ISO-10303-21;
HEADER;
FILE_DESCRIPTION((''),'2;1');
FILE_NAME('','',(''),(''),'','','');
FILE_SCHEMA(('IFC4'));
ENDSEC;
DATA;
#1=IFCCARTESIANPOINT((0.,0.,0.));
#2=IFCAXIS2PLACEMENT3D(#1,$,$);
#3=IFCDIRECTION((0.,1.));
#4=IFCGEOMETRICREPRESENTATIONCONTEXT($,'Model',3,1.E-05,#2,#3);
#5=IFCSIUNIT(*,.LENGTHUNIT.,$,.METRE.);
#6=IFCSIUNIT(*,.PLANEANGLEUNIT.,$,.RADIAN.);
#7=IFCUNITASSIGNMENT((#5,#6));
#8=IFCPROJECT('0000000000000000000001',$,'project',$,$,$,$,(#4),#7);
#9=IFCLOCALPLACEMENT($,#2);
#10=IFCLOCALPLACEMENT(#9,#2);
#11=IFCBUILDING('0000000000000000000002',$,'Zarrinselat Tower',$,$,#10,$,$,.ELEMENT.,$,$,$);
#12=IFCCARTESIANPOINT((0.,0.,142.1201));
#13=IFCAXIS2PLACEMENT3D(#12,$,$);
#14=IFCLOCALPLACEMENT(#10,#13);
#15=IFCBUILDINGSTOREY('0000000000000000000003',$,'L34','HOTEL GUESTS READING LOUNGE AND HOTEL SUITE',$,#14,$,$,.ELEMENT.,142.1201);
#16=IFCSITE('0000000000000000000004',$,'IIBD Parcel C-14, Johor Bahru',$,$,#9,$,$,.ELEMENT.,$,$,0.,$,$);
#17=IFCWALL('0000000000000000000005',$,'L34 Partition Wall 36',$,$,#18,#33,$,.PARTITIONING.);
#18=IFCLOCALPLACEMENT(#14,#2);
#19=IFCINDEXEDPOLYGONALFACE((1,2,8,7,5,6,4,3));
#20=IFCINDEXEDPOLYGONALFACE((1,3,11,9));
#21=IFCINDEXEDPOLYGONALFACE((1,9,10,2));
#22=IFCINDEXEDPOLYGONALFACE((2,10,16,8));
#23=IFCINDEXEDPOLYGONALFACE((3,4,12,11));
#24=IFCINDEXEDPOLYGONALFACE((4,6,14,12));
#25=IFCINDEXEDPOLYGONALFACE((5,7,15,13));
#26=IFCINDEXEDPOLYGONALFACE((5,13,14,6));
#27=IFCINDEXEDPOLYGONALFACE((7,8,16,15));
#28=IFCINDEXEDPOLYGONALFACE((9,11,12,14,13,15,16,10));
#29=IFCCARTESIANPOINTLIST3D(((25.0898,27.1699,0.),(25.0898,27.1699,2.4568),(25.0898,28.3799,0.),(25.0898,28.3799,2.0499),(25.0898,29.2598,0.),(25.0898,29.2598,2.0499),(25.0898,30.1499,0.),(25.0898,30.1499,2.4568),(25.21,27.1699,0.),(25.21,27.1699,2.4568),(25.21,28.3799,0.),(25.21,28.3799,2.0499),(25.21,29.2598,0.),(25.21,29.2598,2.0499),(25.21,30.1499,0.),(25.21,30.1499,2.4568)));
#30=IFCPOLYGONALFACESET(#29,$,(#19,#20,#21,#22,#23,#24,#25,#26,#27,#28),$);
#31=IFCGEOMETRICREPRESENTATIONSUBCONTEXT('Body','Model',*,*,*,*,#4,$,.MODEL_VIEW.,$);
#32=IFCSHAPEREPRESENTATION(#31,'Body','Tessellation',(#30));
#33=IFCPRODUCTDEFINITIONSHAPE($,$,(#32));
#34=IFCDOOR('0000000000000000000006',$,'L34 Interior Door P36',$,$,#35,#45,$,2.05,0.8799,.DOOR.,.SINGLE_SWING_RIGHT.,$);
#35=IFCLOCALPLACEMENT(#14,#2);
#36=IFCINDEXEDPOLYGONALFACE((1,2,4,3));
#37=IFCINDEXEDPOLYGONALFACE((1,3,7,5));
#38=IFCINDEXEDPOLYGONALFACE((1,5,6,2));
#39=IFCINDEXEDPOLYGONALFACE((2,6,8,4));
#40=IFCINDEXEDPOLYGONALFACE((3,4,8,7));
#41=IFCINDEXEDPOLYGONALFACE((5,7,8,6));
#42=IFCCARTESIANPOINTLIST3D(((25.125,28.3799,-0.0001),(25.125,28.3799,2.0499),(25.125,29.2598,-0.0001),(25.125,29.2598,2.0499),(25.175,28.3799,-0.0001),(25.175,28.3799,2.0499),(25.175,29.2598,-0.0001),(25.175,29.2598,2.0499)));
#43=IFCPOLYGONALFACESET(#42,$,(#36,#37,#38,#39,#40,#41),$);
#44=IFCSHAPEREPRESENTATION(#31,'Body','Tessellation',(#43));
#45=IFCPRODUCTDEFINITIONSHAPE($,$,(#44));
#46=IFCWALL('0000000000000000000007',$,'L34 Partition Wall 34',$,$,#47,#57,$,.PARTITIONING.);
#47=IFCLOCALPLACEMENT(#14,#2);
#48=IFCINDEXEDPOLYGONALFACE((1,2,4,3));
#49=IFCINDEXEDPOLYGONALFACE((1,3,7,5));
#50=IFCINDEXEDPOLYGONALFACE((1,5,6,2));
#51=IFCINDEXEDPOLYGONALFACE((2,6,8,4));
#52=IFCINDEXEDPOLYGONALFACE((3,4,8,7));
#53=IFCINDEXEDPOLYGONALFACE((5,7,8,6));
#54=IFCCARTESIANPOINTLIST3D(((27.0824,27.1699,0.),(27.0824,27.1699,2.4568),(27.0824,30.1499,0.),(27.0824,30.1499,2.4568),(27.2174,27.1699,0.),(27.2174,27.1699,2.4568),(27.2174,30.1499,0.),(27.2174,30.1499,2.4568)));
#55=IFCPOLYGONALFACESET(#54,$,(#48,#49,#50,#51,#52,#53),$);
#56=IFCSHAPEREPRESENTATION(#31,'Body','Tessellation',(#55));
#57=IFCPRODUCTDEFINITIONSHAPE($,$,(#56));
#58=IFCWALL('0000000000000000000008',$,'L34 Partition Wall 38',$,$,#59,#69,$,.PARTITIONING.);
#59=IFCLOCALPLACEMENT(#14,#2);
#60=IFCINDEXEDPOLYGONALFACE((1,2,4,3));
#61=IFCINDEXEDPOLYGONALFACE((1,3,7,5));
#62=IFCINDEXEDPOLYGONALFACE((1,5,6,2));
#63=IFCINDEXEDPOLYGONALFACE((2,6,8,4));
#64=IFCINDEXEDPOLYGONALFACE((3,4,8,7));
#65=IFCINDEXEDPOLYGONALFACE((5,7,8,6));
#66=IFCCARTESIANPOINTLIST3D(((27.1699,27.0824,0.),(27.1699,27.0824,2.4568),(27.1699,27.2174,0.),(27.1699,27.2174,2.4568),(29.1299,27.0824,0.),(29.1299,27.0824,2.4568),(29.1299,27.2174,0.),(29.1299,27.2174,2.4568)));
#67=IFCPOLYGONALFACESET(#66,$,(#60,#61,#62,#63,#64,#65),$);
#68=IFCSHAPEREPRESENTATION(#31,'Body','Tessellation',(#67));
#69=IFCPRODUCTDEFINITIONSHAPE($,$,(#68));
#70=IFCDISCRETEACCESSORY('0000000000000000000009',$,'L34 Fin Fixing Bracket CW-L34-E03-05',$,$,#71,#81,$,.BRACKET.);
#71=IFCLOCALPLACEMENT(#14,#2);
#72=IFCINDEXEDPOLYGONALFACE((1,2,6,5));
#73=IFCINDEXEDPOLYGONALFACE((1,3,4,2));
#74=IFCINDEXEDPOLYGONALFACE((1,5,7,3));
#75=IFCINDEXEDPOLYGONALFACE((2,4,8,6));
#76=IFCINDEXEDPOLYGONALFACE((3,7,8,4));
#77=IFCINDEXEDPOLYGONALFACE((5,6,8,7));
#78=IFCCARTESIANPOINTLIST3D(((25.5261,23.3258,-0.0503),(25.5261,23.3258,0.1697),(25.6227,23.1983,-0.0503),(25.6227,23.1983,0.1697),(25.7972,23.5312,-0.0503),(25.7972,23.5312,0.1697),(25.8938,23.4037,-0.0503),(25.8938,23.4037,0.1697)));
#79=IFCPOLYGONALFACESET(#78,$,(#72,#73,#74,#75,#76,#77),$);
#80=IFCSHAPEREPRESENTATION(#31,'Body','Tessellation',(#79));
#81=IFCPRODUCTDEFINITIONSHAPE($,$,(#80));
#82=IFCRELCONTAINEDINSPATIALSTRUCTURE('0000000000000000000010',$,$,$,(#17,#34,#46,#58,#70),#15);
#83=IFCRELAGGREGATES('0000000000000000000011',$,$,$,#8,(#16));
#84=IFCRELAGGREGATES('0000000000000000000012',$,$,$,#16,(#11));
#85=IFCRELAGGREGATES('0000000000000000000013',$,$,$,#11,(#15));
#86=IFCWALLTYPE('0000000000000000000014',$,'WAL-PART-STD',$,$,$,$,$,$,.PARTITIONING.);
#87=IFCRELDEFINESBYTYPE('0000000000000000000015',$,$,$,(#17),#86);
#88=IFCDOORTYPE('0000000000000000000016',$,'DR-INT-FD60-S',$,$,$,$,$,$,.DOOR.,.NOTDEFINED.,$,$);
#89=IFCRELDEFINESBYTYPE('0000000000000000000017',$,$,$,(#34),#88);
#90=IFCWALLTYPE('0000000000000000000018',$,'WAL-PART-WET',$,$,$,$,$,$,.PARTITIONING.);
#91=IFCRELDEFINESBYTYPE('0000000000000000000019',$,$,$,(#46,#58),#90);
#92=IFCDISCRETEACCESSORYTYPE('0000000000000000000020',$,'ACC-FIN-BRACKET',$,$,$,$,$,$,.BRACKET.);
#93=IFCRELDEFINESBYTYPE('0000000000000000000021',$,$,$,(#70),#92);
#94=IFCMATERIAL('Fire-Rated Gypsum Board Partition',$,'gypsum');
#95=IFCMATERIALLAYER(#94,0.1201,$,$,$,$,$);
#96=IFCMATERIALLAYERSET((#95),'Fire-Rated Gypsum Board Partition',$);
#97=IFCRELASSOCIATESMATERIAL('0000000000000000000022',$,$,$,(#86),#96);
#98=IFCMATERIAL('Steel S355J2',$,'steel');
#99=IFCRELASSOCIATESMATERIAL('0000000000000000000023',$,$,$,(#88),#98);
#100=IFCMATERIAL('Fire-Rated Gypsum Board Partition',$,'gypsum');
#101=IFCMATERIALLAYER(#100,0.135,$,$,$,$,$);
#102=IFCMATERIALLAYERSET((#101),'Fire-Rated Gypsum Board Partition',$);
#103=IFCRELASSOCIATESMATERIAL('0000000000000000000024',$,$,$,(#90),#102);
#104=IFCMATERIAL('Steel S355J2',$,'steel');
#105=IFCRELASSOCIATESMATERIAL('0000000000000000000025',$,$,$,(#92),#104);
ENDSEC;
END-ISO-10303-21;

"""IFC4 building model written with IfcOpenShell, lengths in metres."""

from ifc_helpers import new_model, si_unit, direction, frame, frame_2d, origin, origin_2d, place, context, subcontext, project, spatial, rectangle, extrude, material, layer, layer_set, type_object, element, fill, save


model = new_model("IFC4")

# Units and contexts
model_context = context("Model", 3, precision=1e-05, world=origin(), true_north=direction((0.0, 1.0)))
body_context = subcontext(model_context, "Body", "Model", "MODEL_VIEW")
ifc_project = project(units=[si_unit("LENGTHUNIT", "METRE"), si_unit("PLANEANGLEUNIT", "RADIAN")], contexts=[model_context])

# Site, building, storey
site_placement = place(None, origin())
site = spatial("IfcSite", under=ifc_project, at=site_placement, Name="IIBD Parcel C-14, Johor Bahru", CompositionType="ELEMENT", RefElevation=0.0)
building_placement = place(site_placement, origin())
building = spatial("IfcBuilding", under=site, at=building_placement, Name="Zarrinselat Tower", CompositionType="ELEMENT")
storey_placement = place(building_placement, frame((0.0, 0.0, 142.1201)))
storey = spatial("IfcBuildingStorey", under=building, at=storey_placement, Name="L34", Description="HOTEL GUESTS READING LOUNGE AND HOTEL SUITE", CompositionType="ELEMENT", Elevation=142.1201)

# Shared definitions
ifc_material_1 = material(Name="Fire-Rated Gypsum Board Partition", Category="gypsum")
ifc_layer_1 = layer(ifc_material_1, 0.1201)
ifc_layer_set_1 = layer_set([ifc_layer_1], Name="Fire-Rated Gypsum Board Partition")
wall_type_1 = type_object("IfcWallType", Name="WAL-PART-STD", PredefinedType="PARTITIONING", material=ifc_layer_set_1)

# Wall, opening, door
wall_1_placement = place(storey_placement, frame((25.1499, 27.1699, 0.0), z_axis=(0.0, 0.0, 1.0), x_axis=(0.0, 1.0, 0.0)))
wall_1 = element("IfcWall", 1, at=wall_1_placement, inside=storey, type_object=wall_type_1, Name="L34 Partition Wall 36", PredefinedType="PARTITIONING", context=body_context, shape_type="SweptSolid", body=[
    extrude(rectangle(XDim=2.98, YDim=0.1201, at=frame_2d((1.49, 0.0))), origin(), (0.0, 0.0, 1.0), 2.4568),
])
opening_placement = place(wall_1_placement, frame((1.21, 0.0, 0.0)))
opening = element("IfcOpeningElement", 2, at=opening_placement, cuts=wall_1, PredefinedType="OPENING", context=body_context, shape_type="SweptSolid", body=[
    extrude(rectangle(XDim=0.8799, YDim=2.05, at=frame_2d((0.4399, 1.0249))), frame((0.0, 0.0701, 0.0), z_axis=(0.0, -1.0, 0.0), x_axis=(1.0, 0.0, 0.0)), (0.0, 0.0, 1.0), 0.1401),
])
ifc_material_2 = material(Name="Steel S355J2", Category="steel")
door_type = type_object("IfcDoorType", Name="DR-INT-FD60-S", OperationType="NOTDEFINED", PredefinedType="DOOR", material=ifc_material_2)
door_placement = place(opening_placement, origin())
door = element("IfcDoor", 3, at=door_placement, inside=storey, type_object=door_type, Name="L34 Interior Door P36", OperationType="SINGLE_SWING_RIGHT", OverallHeight=2.05, OverallWidth=0.8799, PredefinedType="DOOR", context=body_context, shape_type="SweptSolid", body=[
    extrude(rectangle(XDim=0.8799, YDim=2.05, at=frame_2d((0.4399, 1.0249))), frame((0.0, 0.0249, 0.0), z_axis=(0.0, -1.0, 0.0), x_axis=(1.0, 0.0, 0.0)), (0.0, 0.0, 1.0), 0.05),
])
fill(opening, door)

# Walls
ifc_material_3 = material(Name="Fire-Rated Gypsum Board Partition", Category="gypsum")
ifc_layer_2 = layer(ifc_material_3, 0.135)
ifc_layer_set_2 = layer_set([ifc_layer_2], Name="Fire-Rated Gypsum Board Partition")
wall_type_2 = type_object("IfcWallType", Name="WAL-PART-WET", PredefinedType="PARTITIONING", material=ifc_layer_set_2)
wall_2_placement = place(storey_placement, frame((27.1499, 27.1699, 0.0), z_axis=(0.0, 0.0, 1.0), x_axis=(0.0, 1.0, 0.0)))
element("IfcWall", 4, at=wall_2_placement, inside=storey, type_object=wall_type_2, Name="L34 Partition Wall 34", PredefinedType="PARTITIONING", context=body_context, shape_type="SweptSolid", body=[
    extrude(rectangle(XDim=2.98, YDim=0.135, at=frame_2d((1.49, 0.0))), origin(), (0.0, 0.0, 1.0), 2.4568),
])
wall_3_placement = place(storey_placement, frame((27.1699, 27.1499, 0.0), z_axis=(0.0, 0.0, 1.0), x_axis=(1.0, 0.0, 0.0)))
element("IfcWall", 5, at=wall_3_placement, inside=storey, type_object=wall_type_2, Name="L34 Partition Wall 38", PredefinedType="PARTITIONING", context=body_context, shape_type="SweptSolid", body=[
    extrude(rectangle(XDim=1.96, YDim=0.135, at=frame_2d((0.98, 0.0))), origin(), (0.0, 0.0, 1.0), 2.4568),
])

# Discrete accessory
ifc_material_4 = material(Name="Steel S355J2", Category="steel")
discrete_accessory_type = type_object("IfcDiscreteAccessoryType", Name="ACC-FIN-BRACKET", PredefinedType="BRACKET", material=ifc_material_4)
discrete_accessory_placement = place(storey_placement, frame((25.71, 23.3647, -0.0503), z_axis=(0.0, 0.0, 1.0), x_axis=(-0.797094, -0.603856, 0.0)))
element("IfcDiscreteAccessory", 6, at=discrete_accessory_placement, inside=storey, type_object=discrete_accessory_type, Name="L34 Fin Fixing Bracket CW-L34-E03-05", PredefinedType="BRACKET", context=body_context, shape_type="SweptSolid", body=[
    extrude(rectangle(XDim=0.3401, YDim=0.1599, at=origin_2d()), origin(), (0.0, 0.0, 1.0), 0.22),
])

save(model, "model.ifc")
